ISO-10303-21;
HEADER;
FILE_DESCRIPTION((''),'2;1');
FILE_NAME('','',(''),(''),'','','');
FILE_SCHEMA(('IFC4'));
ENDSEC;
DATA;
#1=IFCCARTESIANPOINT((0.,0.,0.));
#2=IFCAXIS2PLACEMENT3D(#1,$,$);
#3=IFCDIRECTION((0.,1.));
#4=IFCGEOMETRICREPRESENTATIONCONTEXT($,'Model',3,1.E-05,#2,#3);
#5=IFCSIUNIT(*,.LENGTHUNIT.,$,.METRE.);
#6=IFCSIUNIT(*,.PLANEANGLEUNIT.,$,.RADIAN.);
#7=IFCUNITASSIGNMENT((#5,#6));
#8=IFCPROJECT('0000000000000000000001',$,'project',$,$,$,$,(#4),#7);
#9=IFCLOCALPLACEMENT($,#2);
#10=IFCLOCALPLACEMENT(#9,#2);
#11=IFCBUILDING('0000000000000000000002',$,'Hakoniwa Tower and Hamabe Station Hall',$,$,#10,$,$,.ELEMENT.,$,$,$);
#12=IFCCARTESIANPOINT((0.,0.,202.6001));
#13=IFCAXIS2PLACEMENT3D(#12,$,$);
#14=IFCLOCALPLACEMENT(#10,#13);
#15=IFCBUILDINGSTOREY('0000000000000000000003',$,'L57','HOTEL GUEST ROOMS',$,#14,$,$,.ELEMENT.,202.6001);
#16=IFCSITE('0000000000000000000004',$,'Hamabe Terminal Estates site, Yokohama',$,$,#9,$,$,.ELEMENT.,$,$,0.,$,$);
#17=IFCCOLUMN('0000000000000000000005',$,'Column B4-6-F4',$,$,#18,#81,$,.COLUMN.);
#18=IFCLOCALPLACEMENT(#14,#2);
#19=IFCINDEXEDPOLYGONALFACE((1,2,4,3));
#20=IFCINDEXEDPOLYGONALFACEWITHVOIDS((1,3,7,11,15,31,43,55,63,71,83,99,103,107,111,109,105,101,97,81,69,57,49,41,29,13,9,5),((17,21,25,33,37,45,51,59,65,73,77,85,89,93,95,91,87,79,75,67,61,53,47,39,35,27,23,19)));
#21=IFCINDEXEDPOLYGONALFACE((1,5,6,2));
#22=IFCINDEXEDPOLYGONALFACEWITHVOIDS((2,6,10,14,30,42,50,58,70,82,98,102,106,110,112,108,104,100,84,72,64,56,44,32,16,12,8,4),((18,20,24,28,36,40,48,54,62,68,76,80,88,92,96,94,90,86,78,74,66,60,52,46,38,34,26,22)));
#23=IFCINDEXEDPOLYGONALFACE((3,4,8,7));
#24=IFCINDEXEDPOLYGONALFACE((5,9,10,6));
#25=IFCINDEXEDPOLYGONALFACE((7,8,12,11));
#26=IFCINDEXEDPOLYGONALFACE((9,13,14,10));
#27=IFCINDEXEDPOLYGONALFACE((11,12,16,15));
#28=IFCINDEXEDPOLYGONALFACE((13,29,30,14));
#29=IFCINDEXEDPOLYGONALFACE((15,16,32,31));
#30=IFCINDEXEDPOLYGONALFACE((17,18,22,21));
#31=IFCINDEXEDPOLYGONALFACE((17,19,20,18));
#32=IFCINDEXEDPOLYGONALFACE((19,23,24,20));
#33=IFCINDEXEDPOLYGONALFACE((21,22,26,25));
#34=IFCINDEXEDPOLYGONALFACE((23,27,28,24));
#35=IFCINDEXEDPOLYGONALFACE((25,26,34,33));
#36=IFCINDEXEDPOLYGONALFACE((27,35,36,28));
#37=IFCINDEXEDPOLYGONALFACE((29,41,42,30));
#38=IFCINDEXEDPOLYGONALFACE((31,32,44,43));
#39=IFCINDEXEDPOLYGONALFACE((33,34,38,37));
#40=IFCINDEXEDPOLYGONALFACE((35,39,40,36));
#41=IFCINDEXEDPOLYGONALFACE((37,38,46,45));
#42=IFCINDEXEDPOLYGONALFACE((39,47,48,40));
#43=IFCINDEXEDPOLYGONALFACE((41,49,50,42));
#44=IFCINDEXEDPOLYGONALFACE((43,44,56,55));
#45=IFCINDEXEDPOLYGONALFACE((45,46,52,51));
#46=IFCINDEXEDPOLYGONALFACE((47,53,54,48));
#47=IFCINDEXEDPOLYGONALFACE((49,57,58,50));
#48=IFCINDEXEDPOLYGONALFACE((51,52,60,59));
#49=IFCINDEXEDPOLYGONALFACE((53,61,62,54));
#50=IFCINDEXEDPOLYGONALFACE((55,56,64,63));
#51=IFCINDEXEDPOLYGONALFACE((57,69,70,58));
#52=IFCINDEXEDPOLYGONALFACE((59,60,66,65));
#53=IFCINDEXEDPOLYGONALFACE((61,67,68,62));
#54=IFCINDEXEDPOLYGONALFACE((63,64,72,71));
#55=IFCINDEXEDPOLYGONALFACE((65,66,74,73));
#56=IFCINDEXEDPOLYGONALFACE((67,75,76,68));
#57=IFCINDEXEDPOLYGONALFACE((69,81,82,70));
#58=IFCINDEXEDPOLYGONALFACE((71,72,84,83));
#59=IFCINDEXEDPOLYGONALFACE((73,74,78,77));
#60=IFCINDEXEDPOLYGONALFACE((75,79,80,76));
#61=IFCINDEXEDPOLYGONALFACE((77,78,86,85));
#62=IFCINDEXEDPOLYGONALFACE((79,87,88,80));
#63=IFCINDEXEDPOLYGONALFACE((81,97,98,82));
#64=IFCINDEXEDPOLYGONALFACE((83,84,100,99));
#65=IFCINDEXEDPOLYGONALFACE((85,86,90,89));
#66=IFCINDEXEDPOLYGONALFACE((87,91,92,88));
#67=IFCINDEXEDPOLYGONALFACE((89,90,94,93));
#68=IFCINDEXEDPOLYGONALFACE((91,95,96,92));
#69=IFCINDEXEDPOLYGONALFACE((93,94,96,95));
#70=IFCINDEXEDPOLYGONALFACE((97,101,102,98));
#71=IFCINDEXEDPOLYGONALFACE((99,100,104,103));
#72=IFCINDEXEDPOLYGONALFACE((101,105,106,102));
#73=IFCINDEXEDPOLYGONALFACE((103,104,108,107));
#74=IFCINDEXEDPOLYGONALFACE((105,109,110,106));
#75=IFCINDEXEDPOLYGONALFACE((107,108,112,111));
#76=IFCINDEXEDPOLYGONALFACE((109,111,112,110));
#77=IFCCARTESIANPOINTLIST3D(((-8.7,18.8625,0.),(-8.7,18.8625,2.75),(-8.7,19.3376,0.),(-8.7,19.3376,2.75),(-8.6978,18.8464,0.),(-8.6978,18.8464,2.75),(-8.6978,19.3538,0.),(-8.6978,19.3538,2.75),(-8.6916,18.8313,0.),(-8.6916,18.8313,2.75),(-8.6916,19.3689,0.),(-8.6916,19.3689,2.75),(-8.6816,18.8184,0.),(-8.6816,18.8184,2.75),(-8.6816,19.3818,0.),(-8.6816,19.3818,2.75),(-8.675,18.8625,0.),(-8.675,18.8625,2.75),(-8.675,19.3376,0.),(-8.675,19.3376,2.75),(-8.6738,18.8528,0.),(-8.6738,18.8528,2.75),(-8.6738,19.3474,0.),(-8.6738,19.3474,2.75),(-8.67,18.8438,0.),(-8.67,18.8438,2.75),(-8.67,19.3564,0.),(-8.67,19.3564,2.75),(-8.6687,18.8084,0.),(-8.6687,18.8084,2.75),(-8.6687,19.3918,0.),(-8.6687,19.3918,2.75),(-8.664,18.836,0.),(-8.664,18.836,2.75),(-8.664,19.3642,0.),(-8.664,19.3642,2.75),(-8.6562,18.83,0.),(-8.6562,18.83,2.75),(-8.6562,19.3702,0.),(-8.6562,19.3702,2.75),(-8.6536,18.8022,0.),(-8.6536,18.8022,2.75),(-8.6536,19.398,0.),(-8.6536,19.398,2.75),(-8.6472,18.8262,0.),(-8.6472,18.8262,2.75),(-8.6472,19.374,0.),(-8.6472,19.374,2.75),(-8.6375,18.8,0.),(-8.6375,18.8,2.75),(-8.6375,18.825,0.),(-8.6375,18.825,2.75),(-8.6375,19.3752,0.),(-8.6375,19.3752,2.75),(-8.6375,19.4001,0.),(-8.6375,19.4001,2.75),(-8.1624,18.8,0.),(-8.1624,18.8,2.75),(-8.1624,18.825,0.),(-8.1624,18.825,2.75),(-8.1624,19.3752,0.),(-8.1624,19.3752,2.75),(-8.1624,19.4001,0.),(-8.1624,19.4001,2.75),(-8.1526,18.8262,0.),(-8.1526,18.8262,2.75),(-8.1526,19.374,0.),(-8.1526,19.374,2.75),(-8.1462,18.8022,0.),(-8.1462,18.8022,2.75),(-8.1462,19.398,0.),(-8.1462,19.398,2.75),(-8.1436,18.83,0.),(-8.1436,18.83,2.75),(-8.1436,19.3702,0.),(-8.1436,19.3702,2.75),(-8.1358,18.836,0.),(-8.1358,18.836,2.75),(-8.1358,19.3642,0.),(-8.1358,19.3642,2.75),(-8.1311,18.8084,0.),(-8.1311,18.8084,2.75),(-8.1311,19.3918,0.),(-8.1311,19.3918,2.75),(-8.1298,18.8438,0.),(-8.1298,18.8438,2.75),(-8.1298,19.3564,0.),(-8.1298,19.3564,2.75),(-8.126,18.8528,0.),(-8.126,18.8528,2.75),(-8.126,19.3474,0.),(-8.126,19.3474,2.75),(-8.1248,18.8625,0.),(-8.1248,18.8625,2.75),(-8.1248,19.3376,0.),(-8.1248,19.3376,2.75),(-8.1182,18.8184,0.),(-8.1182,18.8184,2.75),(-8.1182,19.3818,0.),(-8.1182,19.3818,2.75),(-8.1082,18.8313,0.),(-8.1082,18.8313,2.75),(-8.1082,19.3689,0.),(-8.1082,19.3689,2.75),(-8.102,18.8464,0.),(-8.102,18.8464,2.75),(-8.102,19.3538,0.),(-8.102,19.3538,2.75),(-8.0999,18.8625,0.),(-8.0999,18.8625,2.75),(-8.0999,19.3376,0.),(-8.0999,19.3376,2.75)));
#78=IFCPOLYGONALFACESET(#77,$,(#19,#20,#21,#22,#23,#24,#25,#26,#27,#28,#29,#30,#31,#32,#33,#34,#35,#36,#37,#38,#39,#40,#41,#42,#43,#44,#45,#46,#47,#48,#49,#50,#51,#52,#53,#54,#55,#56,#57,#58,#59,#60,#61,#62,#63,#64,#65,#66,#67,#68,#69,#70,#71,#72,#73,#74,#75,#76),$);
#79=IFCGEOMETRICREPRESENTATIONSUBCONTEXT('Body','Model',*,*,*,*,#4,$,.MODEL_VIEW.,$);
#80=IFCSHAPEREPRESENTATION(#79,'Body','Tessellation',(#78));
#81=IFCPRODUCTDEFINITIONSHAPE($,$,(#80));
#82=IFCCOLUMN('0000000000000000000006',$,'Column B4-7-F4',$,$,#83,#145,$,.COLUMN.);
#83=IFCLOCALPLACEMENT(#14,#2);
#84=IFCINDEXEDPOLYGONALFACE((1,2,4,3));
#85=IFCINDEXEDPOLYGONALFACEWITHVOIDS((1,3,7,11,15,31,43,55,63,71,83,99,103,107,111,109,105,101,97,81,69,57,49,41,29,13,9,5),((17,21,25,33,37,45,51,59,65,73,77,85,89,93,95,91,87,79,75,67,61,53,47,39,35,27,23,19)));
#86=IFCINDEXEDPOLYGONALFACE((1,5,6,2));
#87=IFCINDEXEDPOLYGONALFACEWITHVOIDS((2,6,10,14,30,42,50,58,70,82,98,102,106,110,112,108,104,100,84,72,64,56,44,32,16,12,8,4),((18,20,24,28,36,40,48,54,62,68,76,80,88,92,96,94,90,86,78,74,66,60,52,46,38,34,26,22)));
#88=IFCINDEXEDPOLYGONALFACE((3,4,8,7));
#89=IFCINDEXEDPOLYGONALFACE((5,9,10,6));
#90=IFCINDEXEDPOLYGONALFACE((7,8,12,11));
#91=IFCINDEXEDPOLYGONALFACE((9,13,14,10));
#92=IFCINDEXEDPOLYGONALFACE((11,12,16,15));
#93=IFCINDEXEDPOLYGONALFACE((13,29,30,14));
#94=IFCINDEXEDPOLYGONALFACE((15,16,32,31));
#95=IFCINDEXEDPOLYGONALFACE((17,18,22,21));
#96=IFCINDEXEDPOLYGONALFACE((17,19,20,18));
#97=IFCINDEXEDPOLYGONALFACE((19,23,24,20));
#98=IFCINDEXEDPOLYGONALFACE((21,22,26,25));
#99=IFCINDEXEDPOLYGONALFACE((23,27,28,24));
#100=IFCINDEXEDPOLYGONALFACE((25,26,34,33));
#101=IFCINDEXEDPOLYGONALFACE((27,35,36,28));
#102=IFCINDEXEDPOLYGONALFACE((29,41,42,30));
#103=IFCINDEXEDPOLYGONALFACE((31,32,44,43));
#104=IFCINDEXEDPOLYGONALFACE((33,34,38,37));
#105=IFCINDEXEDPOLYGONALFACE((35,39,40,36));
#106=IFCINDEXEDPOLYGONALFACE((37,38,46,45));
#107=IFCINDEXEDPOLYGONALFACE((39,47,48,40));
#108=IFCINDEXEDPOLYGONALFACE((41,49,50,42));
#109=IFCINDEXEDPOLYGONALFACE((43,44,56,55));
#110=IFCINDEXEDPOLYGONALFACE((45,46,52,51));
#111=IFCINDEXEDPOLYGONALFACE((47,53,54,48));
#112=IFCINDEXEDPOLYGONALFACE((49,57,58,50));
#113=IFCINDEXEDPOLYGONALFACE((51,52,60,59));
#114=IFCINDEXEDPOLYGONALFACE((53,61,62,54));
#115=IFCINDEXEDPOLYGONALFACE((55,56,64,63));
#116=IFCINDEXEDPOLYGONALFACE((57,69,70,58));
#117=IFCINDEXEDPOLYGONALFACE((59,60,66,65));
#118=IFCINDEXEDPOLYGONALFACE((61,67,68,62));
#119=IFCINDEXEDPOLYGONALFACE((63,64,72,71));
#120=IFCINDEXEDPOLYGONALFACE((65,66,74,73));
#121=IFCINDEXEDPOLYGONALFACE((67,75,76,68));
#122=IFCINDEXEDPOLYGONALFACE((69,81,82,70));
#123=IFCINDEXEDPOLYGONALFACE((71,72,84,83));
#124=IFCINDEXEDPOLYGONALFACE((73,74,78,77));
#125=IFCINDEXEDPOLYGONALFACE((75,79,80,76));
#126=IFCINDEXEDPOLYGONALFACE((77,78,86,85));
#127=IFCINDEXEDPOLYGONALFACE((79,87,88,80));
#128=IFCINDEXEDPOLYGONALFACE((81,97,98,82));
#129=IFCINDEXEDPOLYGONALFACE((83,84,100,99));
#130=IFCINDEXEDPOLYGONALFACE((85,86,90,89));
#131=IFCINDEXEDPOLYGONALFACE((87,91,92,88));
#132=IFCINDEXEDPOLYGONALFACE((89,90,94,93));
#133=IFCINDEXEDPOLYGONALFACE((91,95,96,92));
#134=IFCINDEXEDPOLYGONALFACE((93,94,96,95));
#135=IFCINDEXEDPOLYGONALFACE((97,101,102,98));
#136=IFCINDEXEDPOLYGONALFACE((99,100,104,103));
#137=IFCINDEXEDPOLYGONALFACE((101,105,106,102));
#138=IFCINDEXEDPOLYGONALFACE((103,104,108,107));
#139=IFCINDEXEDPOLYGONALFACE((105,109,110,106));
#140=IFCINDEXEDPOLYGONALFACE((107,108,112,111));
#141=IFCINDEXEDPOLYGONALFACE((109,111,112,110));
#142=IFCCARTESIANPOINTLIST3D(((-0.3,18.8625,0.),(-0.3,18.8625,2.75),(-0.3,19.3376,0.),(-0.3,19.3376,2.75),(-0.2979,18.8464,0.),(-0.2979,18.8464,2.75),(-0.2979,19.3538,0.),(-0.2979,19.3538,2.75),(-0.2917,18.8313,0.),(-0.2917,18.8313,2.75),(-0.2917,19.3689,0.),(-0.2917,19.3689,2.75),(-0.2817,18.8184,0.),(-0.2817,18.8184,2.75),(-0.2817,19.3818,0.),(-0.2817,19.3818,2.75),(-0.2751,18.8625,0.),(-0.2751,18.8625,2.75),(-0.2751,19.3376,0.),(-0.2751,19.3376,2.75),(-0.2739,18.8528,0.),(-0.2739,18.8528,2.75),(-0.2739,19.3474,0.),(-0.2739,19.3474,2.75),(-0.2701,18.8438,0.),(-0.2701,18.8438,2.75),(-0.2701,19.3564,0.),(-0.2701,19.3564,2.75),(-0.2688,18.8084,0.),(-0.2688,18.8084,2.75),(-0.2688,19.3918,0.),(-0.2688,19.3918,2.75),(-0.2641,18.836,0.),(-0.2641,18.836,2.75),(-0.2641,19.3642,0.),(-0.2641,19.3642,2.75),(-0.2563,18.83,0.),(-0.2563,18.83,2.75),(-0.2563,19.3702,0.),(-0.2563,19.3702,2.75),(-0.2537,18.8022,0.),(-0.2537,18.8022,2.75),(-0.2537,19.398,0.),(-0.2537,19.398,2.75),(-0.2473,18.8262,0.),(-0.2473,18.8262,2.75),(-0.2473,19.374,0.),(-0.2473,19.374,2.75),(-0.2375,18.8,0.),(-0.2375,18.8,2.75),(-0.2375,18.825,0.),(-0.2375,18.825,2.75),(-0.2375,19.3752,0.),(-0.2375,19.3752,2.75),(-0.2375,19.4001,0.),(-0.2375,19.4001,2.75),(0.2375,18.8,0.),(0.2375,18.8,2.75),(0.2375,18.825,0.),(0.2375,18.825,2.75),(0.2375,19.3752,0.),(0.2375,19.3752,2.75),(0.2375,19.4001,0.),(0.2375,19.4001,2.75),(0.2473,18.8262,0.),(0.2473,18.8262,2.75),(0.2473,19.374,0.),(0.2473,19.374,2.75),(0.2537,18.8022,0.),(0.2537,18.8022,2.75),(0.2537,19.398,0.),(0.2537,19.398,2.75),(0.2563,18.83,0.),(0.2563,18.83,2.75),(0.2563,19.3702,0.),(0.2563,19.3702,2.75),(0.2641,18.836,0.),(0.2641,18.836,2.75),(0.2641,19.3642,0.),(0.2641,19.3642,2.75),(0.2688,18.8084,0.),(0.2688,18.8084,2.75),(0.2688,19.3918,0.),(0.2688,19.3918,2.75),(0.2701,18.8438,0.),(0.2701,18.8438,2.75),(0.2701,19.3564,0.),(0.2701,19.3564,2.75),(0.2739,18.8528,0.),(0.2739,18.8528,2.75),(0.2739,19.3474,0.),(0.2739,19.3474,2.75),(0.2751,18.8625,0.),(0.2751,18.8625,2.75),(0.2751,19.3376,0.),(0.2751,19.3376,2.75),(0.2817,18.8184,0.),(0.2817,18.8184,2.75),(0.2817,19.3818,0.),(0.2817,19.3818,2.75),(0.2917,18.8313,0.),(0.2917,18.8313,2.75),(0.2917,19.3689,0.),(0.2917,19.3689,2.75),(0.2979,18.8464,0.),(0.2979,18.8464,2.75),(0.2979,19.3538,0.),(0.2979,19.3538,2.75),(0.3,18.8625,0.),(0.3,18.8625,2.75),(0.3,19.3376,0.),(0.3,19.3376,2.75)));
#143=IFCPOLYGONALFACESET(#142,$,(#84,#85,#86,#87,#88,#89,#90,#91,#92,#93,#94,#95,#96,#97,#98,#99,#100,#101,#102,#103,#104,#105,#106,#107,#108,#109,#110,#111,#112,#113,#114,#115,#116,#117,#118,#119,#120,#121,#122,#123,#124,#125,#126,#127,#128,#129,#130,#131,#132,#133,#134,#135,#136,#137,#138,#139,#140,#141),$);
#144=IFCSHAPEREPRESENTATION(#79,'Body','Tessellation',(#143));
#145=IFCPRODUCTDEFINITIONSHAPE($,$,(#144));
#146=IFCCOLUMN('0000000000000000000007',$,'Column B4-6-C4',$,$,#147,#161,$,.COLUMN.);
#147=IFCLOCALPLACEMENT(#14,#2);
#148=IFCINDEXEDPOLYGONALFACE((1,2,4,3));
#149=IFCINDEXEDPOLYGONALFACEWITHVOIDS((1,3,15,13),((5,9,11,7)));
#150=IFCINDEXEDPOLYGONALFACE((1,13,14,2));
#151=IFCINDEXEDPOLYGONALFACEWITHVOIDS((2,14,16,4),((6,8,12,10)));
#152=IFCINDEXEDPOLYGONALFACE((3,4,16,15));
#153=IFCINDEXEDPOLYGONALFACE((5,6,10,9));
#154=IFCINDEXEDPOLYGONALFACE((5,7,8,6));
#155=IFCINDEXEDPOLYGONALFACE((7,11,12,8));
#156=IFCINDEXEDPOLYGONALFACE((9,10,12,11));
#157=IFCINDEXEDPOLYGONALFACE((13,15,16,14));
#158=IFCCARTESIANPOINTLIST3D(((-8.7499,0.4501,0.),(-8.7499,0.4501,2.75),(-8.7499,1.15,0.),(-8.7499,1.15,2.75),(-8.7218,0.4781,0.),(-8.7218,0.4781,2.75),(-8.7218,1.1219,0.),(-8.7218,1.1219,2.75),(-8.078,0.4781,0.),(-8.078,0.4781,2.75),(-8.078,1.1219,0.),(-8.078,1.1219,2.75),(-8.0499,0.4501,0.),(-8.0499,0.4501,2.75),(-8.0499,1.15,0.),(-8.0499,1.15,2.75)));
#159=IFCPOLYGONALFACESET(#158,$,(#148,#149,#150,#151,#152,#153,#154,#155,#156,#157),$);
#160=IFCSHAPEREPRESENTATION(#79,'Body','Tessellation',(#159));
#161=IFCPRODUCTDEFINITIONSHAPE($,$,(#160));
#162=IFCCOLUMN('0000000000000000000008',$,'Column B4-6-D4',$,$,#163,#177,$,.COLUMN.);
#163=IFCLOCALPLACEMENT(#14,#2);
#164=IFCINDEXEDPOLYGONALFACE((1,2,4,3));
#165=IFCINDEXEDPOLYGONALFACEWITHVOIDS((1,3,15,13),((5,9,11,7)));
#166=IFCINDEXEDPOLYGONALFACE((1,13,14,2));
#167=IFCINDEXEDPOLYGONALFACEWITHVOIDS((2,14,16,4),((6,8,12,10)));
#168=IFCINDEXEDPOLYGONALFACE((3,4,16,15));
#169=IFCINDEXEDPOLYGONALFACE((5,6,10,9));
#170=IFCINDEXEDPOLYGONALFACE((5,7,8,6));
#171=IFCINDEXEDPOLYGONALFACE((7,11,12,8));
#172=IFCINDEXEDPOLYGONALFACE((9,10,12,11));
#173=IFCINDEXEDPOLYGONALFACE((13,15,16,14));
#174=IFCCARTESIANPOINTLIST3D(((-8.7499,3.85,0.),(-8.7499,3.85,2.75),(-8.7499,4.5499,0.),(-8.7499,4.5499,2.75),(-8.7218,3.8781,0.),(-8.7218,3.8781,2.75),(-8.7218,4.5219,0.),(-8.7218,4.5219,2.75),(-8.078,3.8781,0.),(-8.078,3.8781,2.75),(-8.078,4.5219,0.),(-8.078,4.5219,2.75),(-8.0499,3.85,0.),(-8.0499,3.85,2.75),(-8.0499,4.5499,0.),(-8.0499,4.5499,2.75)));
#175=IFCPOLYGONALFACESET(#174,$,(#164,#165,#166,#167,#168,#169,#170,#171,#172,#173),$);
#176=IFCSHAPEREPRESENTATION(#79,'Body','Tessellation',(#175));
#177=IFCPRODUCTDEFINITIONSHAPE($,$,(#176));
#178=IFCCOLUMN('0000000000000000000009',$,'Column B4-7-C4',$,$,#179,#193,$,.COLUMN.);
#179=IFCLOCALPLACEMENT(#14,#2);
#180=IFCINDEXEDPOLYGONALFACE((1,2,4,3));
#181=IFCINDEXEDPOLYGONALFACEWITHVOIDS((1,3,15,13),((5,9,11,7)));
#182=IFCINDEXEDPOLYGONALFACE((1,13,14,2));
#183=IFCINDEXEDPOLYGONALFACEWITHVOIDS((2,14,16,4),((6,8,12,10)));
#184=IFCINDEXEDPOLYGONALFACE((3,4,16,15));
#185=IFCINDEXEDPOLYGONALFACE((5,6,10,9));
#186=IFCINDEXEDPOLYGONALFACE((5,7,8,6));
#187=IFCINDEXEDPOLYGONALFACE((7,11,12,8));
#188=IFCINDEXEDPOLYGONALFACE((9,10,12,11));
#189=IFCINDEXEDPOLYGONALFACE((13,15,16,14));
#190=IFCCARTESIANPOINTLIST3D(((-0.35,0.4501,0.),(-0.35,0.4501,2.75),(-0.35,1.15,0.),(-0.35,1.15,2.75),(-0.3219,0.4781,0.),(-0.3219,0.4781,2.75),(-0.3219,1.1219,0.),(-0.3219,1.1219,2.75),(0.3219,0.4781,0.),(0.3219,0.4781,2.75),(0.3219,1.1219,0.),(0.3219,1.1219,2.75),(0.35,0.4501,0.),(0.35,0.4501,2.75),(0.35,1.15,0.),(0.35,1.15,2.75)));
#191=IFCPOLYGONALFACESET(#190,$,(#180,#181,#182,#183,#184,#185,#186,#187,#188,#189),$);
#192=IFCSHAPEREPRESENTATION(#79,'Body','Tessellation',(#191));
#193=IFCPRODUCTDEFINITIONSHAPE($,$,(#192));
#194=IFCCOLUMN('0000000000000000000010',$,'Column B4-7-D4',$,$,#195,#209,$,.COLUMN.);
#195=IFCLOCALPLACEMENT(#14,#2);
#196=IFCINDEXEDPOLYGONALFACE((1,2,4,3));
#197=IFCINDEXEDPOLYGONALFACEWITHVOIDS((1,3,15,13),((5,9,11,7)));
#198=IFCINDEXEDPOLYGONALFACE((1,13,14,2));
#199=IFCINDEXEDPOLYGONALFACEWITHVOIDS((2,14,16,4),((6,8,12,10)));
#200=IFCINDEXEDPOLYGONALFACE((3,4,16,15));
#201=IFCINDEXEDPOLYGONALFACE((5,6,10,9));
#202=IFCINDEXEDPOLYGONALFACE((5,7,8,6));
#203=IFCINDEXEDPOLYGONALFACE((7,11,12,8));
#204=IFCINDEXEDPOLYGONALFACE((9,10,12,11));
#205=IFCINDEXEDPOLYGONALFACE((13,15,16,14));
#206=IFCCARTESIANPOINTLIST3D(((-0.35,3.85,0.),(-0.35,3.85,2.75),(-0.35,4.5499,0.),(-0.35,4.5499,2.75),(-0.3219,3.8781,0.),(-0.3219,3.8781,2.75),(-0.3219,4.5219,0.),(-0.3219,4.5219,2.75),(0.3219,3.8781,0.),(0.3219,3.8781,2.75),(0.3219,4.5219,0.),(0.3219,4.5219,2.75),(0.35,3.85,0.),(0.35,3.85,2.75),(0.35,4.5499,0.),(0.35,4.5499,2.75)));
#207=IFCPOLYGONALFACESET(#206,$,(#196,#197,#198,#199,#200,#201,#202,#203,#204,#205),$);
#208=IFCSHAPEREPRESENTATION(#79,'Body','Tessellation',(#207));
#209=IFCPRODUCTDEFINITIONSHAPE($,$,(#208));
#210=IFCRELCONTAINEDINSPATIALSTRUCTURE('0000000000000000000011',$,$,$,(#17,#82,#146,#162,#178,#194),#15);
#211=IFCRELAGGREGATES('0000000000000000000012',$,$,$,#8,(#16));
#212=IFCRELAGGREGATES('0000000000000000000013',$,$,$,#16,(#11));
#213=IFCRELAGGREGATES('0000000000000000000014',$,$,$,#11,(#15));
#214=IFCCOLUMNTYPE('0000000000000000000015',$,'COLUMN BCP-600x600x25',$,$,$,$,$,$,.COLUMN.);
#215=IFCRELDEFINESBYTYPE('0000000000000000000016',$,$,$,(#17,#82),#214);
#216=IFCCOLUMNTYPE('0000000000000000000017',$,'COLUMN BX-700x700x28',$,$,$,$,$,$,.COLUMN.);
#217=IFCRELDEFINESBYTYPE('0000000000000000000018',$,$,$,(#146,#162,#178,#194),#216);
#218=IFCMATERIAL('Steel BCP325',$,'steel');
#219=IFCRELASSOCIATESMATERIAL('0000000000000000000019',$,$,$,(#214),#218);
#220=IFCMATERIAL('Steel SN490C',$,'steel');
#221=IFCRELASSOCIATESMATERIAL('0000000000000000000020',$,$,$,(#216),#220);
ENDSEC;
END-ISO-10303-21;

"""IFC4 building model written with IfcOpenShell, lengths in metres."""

from ifc_helpers import new_model, si_unit, direction, frame, origin, origin_2d, place, context, subcontext, project, spatial, hollow_rectangle, extrude, material, material_profile, profile_set, type_object, element, save


model = new_model("IFC4")

# Units and contexts
model_context = context("Model", 3, precision=1e-05, world=origin(), true_north=direction((0.0, 1.0)))
body_context = subcontext(model_context, "Body", "Model", "MODEL_VIEW")
ifc_project = project(units=[si_unit("LENGTHUNIT", "METRE"), si_unit("PLANEANGLEUNIT", "RADIAN")], contexts=[model_context])

# Site, building, storey
site_placement = place(None, origin())
site = spatial("IfcSite", under=ifc_project, at=site_placement, Name="Hamabe Terminal Estates site, Yokohama", CompositionType="ELEMENT", RefElevation=0.0)
building_placement = place(site_placement, origin())
building = spatial("IfcBuilding", under=site, at=building_placement, Name="Hakoniwa Tower and Hamabe Station Hall", CompositionType="ELEMENT")
storey_placement = place(building_placement, frame((0.0, 0.0, 202.6001)))
storey = spatial("IfcBuildingStorey", under=building, at=storey_placement, Name="L57", Description="HOTEL GUEST ROOMS", CompositionType="ELEMENT", Elevation=202.6001)

# Columns
ifc_material_1 = material(Name="Steel BCP325", Category="steel")
ifc_material_profile_1 = material_profile(ifc_material_1, hollow_rectangle(XDim=0.6001, YDim=0.6001, WallThickness=0.0249, InnerFilletRadius=0.0376, OuterFilletRadius=0.0625, at=origin_2d()), Name="BCP-600x600x25")
ifc_profile_set_1 = profile_set([ifc_material_profile_1], Name="Steel BCP325")
column_type_1 = type_object("IfcColumnType", Name="COLUMN BCP-600x600x25", PredefinedType="COLUMN", material=ifc_profile_set_1)
for number, where, z_axis, x_axis, name in (
    (1, (-8.3999, 19.1001, 0.0), (0.0, 0.0, 1.0), (1.0, 0.0, 0.0), "Column B4-6-F4"),
    (2, (0.0, 19.1001, 0.0), (0.0, 0.0, 1.0), (1.0, 0.0, 0.0), "Column B4-7-F4"),
):
    element("IfcColumn", number, at=place(storey_placement, frame(where, z_axis=z_axis, x_axis=x_axis)), inside=storey, type_object=column_type_1, Name=name, PredefinedType="COLUMN", context=body_context, shape_type="SweptSolid", body=[
        extrude(hollow_rectangle(XDim=0.6001, YDim=0.6001, WallThickness=0.0249, InnerFilletRadius=0.0376, OuterFilletRadius=0.0625, at=origin_2d()), origin(), (0.0, 0.0, 1.0), 2.75),
    ])
ifc_material_2 = material(Name="Steel SN490C", Category="steel")
ifc_material_profile_2 = material_profile(ifc_material_2, hollow_rectangle(XDim=0.7, YDim=0.7, WallThickness=0.0281, at=origin_2d()), Name="BX-700x700x28")
ifc_profile_set_2 = profile_set([ifc_material_profile_2], Name="Steel SN490C")
column_type_2 = type_object("IfcColumnType", Name="COLUMN BX-700x700x28", PredefinedType="COLUMN", material=ifc_profile_set_2)
for number, where, z_axis, x_axis, name in (
    (3, (-8.3999, 0.8, 0.0), (0.0, 0.0, 1.0), (1.0, 0.0, 0.0), "Column B4-6-C4"),
    (4, (-8.3999, 4.2, 0.0), (0.0, 0.0, 1.0), (1.0, 0.0, 0.0), "Column B4-6-D4"),
    (5, (0.0, 0.8, 0.0), (0.0, 0.0, 1.0), (1.0, 0.0, 0.0), "Column B4-7-C4"),
    (6, (0.0, 4.2, 0.0), (0.0, 0.0, 1.0), (1.0, 0.0, 0.0), "Column B4-7-D4"),
):
    element("IfcColumn", number, at=place(storey_placement, frame(where, z_axis=z_axis, x_axis=x_axis)), inside=storey, type_object=column_type_2, Name=name, PredefinedType="COLUMN", context=body_context, shape_type="SweptSolid", body=[
        extrude(hollow_rectangle(XDim=0.7, YDim=0.7, WallThickness=0.0281, at=origin_2d()), origin(), (0.0, 0.0, 1.0), 2.75),
    ])

save(model, "model.ifc")
